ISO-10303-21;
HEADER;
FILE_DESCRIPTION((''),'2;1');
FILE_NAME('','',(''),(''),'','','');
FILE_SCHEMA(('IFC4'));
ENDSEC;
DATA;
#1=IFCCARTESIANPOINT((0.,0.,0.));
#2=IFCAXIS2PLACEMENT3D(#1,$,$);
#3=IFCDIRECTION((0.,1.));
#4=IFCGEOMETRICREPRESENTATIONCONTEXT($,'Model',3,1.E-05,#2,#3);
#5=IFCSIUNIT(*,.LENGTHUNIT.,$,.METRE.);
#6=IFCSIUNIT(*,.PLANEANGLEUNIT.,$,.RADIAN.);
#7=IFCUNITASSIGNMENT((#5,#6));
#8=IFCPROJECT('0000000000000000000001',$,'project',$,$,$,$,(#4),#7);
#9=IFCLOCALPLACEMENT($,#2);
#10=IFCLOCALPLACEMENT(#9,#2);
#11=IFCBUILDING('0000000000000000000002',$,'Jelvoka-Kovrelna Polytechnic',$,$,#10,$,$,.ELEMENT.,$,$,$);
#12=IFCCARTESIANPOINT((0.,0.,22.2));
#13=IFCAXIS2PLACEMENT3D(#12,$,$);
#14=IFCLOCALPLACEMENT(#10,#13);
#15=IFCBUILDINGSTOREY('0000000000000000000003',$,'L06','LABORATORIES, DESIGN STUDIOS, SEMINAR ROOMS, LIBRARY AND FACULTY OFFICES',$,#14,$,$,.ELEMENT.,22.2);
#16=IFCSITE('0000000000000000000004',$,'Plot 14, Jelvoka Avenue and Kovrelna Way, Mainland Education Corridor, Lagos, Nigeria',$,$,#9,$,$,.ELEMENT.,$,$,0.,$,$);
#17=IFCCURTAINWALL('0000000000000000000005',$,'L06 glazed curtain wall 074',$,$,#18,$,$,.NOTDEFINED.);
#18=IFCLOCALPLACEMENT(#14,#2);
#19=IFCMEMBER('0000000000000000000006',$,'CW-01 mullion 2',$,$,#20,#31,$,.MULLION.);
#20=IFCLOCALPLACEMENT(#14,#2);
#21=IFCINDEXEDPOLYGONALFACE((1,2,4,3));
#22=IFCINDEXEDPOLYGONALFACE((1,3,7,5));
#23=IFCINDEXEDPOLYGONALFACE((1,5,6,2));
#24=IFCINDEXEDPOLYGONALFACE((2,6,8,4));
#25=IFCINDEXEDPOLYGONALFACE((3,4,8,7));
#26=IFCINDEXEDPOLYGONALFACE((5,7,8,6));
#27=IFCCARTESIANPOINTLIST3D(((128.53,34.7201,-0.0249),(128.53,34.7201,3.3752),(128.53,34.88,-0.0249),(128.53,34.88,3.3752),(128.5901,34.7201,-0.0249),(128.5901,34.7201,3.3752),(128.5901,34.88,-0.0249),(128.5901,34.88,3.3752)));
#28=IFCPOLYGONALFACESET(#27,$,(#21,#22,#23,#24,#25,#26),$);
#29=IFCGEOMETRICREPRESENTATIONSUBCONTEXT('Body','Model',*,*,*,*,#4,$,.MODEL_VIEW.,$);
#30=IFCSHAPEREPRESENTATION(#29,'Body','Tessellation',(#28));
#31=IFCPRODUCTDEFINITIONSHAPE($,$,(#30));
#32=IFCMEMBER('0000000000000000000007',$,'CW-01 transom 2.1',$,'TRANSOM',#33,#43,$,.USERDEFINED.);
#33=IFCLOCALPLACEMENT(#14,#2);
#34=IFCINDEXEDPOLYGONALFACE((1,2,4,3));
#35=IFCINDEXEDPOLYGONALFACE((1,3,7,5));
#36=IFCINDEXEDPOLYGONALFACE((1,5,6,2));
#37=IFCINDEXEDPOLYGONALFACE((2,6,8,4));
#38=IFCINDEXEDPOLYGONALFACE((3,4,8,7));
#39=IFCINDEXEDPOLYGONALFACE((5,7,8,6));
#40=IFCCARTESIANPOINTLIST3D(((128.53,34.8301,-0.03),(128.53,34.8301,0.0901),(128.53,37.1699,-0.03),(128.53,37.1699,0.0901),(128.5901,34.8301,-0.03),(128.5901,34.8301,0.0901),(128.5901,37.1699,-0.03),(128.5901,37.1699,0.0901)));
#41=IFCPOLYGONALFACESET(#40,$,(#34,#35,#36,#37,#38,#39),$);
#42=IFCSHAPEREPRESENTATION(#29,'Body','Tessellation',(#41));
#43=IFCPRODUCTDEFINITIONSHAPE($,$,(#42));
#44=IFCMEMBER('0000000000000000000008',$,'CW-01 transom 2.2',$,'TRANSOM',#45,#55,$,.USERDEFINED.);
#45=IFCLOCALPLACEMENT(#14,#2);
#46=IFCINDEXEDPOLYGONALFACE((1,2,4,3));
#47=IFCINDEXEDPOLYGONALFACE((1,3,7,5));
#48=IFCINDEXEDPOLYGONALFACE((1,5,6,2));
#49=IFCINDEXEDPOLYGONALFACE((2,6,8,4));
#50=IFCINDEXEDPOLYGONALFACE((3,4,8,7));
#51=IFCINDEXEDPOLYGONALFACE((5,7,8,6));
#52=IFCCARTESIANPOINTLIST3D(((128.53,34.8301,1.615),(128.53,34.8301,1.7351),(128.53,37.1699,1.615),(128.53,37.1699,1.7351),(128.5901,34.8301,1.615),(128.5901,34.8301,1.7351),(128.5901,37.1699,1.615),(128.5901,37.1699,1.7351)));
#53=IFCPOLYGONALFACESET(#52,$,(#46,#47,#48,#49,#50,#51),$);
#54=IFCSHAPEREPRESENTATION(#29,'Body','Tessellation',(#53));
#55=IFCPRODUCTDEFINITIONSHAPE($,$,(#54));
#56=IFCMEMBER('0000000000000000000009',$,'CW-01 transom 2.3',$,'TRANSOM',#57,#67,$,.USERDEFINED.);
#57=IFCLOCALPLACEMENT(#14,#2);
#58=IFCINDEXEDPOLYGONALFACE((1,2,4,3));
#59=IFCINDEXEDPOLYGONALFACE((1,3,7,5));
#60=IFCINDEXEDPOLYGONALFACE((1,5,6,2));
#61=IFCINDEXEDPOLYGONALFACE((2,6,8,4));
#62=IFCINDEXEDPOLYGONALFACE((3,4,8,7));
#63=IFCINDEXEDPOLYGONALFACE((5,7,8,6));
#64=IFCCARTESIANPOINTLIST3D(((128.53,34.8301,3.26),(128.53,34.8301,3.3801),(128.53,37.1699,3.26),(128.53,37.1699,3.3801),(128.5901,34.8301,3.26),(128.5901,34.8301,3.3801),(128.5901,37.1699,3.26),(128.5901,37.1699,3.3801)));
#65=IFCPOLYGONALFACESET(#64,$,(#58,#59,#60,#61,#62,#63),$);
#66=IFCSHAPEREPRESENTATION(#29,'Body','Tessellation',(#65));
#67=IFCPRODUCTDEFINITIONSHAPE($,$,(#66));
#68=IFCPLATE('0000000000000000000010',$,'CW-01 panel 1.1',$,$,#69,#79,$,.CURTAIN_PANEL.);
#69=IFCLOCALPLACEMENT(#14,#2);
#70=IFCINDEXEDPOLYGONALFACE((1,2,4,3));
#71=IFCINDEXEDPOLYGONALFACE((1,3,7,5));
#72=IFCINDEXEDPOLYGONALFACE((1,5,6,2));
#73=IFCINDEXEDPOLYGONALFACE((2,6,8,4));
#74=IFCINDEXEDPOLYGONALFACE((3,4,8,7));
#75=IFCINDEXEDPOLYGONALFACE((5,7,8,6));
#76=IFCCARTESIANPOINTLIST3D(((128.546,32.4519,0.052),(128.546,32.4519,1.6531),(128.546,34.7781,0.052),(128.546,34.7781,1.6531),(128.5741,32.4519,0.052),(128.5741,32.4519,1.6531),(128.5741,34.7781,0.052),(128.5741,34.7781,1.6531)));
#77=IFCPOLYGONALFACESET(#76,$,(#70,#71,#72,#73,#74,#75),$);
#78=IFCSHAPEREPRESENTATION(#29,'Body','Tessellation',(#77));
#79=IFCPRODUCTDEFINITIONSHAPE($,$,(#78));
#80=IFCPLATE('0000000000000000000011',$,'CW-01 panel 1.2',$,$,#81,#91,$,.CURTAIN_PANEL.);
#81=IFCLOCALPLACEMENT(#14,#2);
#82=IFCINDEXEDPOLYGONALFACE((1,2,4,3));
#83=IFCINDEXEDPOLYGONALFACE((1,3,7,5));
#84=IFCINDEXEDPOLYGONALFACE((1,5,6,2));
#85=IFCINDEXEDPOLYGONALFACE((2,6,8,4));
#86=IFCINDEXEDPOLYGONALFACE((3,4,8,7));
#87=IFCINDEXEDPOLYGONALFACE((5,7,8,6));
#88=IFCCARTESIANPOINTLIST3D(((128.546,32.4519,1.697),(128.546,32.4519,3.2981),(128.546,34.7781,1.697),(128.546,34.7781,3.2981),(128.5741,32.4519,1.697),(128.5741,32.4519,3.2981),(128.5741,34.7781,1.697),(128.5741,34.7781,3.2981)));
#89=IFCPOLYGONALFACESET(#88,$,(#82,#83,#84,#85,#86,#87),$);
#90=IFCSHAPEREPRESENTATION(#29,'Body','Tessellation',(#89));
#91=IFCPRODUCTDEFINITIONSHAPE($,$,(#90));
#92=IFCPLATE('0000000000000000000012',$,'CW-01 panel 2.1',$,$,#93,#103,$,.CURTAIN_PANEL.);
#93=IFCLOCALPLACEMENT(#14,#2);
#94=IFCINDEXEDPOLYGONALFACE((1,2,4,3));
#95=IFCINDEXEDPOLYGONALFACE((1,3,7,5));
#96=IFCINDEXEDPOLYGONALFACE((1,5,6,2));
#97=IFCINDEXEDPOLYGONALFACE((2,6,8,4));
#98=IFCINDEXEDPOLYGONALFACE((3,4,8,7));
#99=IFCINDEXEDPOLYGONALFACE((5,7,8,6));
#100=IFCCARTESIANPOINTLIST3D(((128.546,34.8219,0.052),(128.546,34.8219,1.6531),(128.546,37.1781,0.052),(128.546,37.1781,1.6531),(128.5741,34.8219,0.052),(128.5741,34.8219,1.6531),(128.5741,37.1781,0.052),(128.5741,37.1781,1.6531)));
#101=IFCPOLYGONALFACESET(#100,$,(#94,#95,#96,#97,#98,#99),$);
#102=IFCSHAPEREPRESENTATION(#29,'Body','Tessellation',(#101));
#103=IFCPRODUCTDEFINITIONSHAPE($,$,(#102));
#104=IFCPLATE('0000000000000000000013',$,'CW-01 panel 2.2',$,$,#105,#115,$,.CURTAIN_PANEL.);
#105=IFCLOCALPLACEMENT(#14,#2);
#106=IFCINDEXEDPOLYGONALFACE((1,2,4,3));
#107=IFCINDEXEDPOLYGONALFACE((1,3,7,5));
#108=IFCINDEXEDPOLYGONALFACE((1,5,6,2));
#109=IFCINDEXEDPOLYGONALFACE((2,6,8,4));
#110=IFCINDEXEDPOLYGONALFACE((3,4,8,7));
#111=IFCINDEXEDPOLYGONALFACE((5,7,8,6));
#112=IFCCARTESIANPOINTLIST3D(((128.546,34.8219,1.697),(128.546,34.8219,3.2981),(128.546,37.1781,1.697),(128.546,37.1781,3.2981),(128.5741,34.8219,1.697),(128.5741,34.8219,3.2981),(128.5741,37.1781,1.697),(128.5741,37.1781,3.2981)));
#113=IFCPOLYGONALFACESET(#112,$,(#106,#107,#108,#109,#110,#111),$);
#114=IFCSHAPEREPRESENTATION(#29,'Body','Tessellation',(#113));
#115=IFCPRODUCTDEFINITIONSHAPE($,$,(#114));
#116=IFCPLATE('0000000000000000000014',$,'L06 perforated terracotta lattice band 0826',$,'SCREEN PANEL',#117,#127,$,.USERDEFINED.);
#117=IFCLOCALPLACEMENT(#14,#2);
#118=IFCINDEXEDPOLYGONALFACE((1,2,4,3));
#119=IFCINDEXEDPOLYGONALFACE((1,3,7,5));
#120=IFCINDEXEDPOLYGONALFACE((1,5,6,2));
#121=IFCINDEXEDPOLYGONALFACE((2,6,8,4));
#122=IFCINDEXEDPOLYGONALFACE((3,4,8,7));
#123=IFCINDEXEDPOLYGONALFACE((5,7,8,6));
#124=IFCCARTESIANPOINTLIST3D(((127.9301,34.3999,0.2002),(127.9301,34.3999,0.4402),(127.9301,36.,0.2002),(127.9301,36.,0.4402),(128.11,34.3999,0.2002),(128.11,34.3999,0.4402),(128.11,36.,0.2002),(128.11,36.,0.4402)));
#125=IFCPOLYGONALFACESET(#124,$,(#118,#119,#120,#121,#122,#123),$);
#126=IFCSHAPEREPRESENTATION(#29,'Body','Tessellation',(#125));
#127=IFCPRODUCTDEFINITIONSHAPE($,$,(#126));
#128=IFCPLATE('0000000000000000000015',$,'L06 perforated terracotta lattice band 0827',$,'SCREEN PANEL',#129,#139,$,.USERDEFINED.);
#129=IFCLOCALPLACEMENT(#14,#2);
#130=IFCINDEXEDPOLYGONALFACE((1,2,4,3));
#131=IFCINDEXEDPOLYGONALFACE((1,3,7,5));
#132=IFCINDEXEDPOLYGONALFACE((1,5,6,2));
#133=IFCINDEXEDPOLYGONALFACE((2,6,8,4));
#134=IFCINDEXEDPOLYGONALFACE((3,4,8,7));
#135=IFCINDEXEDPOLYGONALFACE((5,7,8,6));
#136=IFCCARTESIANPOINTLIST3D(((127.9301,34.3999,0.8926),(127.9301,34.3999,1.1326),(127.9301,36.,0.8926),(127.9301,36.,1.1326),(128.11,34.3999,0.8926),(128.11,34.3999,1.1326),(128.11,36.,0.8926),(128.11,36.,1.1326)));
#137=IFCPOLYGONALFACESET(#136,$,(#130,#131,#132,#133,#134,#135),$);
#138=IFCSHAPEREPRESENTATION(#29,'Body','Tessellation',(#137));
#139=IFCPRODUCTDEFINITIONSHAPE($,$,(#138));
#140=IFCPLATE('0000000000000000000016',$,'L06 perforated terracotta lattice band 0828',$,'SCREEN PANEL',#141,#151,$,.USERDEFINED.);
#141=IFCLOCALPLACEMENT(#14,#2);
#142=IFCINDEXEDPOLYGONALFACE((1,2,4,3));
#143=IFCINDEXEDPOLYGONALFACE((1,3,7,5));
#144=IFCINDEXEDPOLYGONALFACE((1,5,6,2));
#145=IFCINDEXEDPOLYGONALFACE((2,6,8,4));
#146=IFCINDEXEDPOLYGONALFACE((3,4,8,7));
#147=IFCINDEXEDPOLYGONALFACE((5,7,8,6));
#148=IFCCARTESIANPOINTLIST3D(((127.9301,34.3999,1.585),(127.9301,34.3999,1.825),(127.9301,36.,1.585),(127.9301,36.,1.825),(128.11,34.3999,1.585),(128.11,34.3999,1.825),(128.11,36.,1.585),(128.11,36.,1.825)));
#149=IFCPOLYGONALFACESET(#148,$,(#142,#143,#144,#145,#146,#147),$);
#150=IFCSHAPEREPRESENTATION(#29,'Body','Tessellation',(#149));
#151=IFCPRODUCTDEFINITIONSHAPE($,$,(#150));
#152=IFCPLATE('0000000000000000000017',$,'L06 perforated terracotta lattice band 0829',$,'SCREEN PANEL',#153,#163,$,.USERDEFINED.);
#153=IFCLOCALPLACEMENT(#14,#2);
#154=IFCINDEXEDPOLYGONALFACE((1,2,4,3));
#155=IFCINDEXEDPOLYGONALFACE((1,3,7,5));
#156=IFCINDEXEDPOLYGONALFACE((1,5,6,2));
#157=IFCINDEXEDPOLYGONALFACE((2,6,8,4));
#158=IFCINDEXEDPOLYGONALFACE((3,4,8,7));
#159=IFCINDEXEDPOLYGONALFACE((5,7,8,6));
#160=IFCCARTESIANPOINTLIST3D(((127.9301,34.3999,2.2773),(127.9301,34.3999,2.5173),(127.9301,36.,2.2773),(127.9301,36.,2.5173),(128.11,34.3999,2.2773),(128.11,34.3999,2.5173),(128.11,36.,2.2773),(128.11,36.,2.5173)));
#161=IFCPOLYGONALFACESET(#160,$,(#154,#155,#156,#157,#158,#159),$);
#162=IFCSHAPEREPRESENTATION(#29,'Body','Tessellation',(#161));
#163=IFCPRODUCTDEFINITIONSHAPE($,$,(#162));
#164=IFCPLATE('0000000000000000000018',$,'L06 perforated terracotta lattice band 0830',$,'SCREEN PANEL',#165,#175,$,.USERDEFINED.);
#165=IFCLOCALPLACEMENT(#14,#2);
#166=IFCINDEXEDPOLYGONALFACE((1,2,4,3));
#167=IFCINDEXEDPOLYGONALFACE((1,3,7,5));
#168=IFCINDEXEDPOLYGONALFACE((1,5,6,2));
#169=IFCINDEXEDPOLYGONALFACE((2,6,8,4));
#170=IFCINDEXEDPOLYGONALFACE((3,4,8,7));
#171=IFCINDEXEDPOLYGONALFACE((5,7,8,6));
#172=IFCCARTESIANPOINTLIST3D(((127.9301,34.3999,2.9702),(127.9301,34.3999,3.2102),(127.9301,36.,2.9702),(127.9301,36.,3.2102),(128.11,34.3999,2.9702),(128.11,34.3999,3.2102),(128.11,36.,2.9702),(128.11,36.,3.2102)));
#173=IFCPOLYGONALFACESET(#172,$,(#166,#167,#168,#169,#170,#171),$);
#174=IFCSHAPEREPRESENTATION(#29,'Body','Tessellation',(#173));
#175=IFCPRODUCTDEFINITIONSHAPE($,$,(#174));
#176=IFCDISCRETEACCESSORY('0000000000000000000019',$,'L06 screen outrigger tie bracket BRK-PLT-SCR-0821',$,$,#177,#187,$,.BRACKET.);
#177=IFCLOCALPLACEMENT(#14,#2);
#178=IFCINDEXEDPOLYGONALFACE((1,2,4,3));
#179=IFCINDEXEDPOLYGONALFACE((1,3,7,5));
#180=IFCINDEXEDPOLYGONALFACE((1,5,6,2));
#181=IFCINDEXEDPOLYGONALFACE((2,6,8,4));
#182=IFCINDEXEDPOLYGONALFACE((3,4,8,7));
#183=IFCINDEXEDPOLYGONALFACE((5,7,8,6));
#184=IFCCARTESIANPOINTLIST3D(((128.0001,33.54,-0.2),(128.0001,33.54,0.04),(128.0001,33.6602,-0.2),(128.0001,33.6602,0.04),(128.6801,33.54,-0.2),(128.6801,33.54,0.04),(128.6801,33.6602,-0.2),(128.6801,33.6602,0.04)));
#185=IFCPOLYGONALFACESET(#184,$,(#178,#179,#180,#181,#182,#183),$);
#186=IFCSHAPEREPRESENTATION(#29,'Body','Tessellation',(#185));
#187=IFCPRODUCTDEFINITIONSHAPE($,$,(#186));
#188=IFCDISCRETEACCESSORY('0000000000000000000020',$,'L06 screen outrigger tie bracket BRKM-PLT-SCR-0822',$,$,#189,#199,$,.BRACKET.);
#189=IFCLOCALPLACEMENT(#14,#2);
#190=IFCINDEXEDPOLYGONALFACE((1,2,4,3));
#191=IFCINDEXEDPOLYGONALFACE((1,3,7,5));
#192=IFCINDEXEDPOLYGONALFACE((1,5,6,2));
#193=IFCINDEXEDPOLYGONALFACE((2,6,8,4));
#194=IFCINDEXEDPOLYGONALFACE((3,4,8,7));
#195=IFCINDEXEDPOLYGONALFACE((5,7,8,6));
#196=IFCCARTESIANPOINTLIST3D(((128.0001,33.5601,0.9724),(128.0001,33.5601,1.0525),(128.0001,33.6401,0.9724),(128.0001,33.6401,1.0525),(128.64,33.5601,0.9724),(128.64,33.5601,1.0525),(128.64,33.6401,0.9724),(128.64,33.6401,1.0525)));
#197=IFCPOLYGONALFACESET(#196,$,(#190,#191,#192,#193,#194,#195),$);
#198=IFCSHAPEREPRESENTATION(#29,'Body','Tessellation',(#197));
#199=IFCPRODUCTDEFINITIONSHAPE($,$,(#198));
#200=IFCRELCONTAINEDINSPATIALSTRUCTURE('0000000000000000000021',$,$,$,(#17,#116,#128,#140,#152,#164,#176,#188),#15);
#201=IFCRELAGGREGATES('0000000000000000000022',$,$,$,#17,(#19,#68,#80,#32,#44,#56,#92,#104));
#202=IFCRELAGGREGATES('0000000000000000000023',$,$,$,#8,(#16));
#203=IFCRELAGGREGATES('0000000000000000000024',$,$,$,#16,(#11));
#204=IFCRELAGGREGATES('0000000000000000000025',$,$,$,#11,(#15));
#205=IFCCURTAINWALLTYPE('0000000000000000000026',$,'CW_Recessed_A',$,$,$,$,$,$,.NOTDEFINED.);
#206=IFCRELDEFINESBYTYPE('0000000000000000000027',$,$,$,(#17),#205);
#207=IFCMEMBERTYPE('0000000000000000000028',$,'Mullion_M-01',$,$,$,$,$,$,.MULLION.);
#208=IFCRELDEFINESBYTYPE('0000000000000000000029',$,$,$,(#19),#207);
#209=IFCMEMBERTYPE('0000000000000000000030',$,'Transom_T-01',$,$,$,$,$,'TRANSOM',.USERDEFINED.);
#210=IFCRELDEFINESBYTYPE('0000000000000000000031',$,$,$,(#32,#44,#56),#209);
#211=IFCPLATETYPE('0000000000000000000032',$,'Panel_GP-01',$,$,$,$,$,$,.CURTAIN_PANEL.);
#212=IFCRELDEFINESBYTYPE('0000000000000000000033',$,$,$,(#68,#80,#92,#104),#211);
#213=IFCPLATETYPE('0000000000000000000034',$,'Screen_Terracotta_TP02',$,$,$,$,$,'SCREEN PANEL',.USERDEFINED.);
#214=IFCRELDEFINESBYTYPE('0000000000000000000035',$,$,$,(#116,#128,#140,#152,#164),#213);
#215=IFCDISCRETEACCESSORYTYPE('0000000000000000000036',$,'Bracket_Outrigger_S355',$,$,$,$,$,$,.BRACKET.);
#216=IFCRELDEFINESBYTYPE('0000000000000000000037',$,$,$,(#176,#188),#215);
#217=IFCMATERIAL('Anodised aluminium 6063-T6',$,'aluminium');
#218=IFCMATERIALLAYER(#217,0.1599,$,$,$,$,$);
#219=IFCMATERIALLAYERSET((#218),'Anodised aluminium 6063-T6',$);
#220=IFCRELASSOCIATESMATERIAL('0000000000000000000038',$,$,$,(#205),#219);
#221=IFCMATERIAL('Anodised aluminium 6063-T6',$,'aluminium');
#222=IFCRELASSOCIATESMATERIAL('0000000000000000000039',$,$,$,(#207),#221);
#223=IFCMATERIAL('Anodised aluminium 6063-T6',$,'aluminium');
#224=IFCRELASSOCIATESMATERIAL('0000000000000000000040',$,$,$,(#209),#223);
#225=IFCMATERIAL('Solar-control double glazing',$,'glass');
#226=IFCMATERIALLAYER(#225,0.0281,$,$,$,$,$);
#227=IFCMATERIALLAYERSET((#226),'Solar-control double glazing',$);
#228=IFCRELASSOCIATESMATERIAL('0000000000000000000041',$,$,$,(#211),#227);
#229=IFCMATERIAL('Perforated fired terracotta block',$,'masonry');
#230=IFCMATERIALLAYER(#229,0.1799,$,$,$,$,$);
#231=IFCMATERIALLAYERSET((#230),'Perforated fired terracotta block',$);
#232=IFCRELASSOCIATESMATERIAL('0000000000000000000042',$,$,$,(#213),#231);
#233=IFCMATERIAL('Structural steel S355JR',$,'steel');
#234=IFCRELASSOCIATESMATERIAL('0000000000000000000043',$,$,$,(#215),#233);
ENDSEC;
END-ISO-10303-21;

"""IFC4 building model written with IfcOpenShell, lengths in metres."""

from ifc_helpers import new_model, si_unit, direction, frame, origin, origin_2d, place, context, subcontext, project, spatial, rectangle, extrude, material, layer, layer_set, material_profile, profile_set, type_object, element, aggregate, save


model = new_model("IFC4")

# Units and contexts
model_context = context("Model", 3, precision=1e-05, world=origin(), true_north=direction((0.0, 1.0)))
body_context = subcontext(model_context, "Body", "Model", "MODEL_VIEW")
ifc_project = project(units=[si_unit("LENGTHUNIT", "METRE"), si_unit("PLANEANGLEUNIT", "RADIAN")], contexts=[model_context])

# Site, building, storey
site_placement = place(None, origin())
site = spatial("IfcSite", under=ifc_project, at=site_placement, Name="Plot 14, Jelvoka Avenue and Kovrelna Way, Mainland Education Corridor, Lagos, Nigeria", CompositionType="ELEMENT", RefElevation=0.0)
building_placement = place(site_placement, origin())
building = spatial("IfcBuilding", under=site, at=building_placement, Name="Jelvoka-Kovrelna Polytechnic", CompositionType="ELEMENT")
storey_placement = place(building_placement, frame((0.0, 0.0, 22.2)))
storey = spatial("IfcBuildingStorey", under=building, at=storey_placement, Name="L06", Description="LABORATORIES, DESIGN STUDIOS, SEMINAR ROOMS, LIBRARY AND FACULTY OFFICES", CompositionType="ELEMENT", Elevation=22.2)

# Curtain wall, members, plates
ifc_material_1 = material(Name="Anodised aluminium 6063-T6", Category="aluminium")
ifc_layer_1 = layer(ifc_material_1, 0.1599)
ifc_layer_set_1 = layer_set([ifc_layer_1], Name="Anodised aluminium 6063-T6")
curtain_wall_type = type_object("IfcCurtainWallType", Name="CW_Recessed_A", PredefinedType="NOTDEFINED", material=ifc_layer_set_1)
curtain_wall_placement = place(storey_placement, origin())
curtain_wall = element("IfcCurtainWall", 1, at=curtain_wall_placement, inside=storey, type_object=curtain_wall_type, Name="L06 glazed curtain wall 074", PredefinedType="NOTDEFINED")
ifc_material_2 = material(Name="Anodised aluminium 6063-T6", Category="aluminium")
ifc_material_profile_1 = material_profile(ifc_material_2, rectangle(XDim=0.0601, YDim=0.1599, at=origin_2d()), Name="ALU 60x160")
ifc_profile_set_1 = profile_set([ifc_material_profile_1], Name="Anodised aluminium 6063-T6")
member_type_1 = type_object("IfcMemberType", Name="Mullion_M-01", PredefinedType="MULLION", material=ifc_profile_set_1)
member_1_placement = place(storey_placement, frame((128.5601, 34.8, -0.0249), z_axis=(0.0, 0.0, 1.0), x_axis=(-1.0, 0.0, 0.0)))
member_1 = element("IfcMember", 2, at=member_1_placement, type_object=member_type_1, Name="CW-01 mullion 2", PredefinedType="MULLION", context=body_context, shape_type="SweptSolid", body=[
    extrude(rectangle(XDim=0.0601, YDim=0.1599, at=origin_2d()), origin(), (0.0, 0.0, 1.0), 3.4001),
])
ifc_material_3 = material(Name="Anodised aluminium 6063-T6", Category="aluminium")
ifc_material_profile_2 = material_profile(ifc_material_3, rectangle(XDim=0.0601, YDim=0.1201, at=origin_2d()), Name="ALU 60x120")
ifc_profile_set_2 = profile_set([ifc_material_profile_2], Name="Anodised aluminium 6063-T6")
member_type_2 = type_object("IfcMemberType", Name="Transom_T-01", ElementType="TRANSOM", PredefinedType="USERDEFINED", material=ifc_profile_set_2)
member_2_placement = place(storey_placement, frame((128.5601, 34.8301, 0.03), z_axis=(0.0, 1.0, 0.0), x_axis=(-1.0, 0.0, 0.0)))
member_2 = element("IfcMember", 3, at=member_2_placement, type_object=member_type_2, Name="CW-01 transom 2.1", ObjectType="TRANSOM", PredefinedType="USERDEFINED", context=body_context, shape_type="SweptSolid", body=[
    extrude(rectangle(XDim=0.0601, YDim=0.1201, at=origin_2d()), origin(), (0.0, 0.0, 1.0), 2.3398),
])
member_3_placement = place(storey_placement, frame((128.5601, 34.8301, 1.675), z_axis=(0.0, 1.0, 0.0), x_axis=(-1.0, 0.0, 0.0)))
member_3 = element("IfcMember", 4, at=member_3_placement, type_object=member_type_2, Name="CW-01 transom 2.2", ObjectType="TRANSOM", PredefinedType="USERDEFINED", context=body_context, shape_type="SweptSolid", body=[
    extrude(rectangle(XDim=0.0601, YDim=0.1201, at=origin_2d()), origin(), (0.0, 0.0, 1.0), 2.3398),
])
member_4_placement = place(storey_placement, frame((128.5601, 34.8301, 3.3201), z_axis=(0.0, 1.0, 0.0), x_axis=(-1.0, 0.0, 0.0)))
member_4 = element("IfcMember", 5, at=member_4_placement, type_object=member_type_2, Name="CW-01 transom 2.3", ObjectType="TRANSOM", PredefinedType="USERDEFINED", context=body_context, shape_type="SweptSolid", body=[
    extrude(rectangle(XDim=0.0601, YDim=0.1201, at=origin_2d()), origin(), (0.0, 0.0, 1.0), 2.3398),
])
ifc_material_4 = material(Name="Solar-control double glazing", Category="glass")
ifc_layer_2 = layer(ifc_material_4, 0.0281)
ifc_layer_set_2 = layer_set([ifc_layer_2], Name="Solar-control double glazing")
plate_type_1 = type_object("IfcPlateType", Name="Panel_GP-01", PredefinedType="CURTAIN_PANEL", material=ifc_layer_set_2)
plate_1_placement = place(storey_placement, frame((128.5601, 33.615, 0.052), z_axis=(0.0, 0.0, 1.0), x_axis=(0.0, 1.0, 0.0)))
plate_1 = element("IfcPlate", 6, at=plate_1_placement, type_object=plate_type_1, Name="CW-01 panel 1.1", PredefinedType="CURTAIN_PANEL", context=body_context, shape_type="SweptSolid", body=[
    extrude(rectangle(XDim=2.3262, YDim=0.0281, at=origin_2d()), origin(), (0.0, 0.0, 1.0), 1.6011),
])
plate_2_placement = place(storey_placement, frame((128.5601, 33.615, 1.697), z_axis=(0.0, 0.0, 1.0), x_axis=(0.0, 1.0, 0.0)))
plate_2 = element("IfcPlate", 7, at=plate_2_placement, type_object=plate_type_1, Name="CW-01 panel 1.2", PredefinedType="CURTAIN_PANEL", context=body_context, shape_type="SweptSolid", body=[
    extrude(rectangle(XDim=2.3262, YDim=0.0281, at=origin_2d()), origin(), (0.0, 0.0, 1.0), 1.6011),
])
plate_3_placement = place(storey_placement, frame((128.5601, 36.0, 0.052), z_axis=(0.0, 0.0, 1.0), x_axis=(0.0, 1.0, 0.0)))
plate_3 = element("IfcPlate", 8, at=plate_3_placement, type_object=plate_type_1, Name="CW-01 panel 2.1", PredefinedType="CURTAIN_PANEL", context=body_context, shape_type="SweptSolid", body=[
    extrude(rectangle(XDim=2.3562, YDim=0.0281, at=origin_2d()), origin(), (0.0, 0.0, 1.0), 1.6011),
])
plate_4_placement = place(storey_placement, frame((128.5601, 36.0, 1.697), z_axis=(0.0, 0.0, 1.0), x_axis=(0.0, 1.0, 0.0)))
plate_4 = element("IfcPlate", 9, at=plate_4_placement, type_object=plate_type_1, Name="CW-01 panel 2.2", PredefinedType="CURTAIN_PANEL", context=body_context, shape_type="SweptSolid", body=[
    extrude(rectangle(XDim=2.3562, YDim=0.0281, at=origin_2d()), origin(), (0.0, 0.0, 1.0), 1.6011),
])
aggregate(curtain_wall, [member_1, plate_1, plate_2, member_2, member_3, member_4, plate_3, plate_4])

# Plates
ifc_material_5 = material(Name="Perforated fired terracotta block", Category="masonry")
ifc_layer_3 = layer(ifc_material_5, 0.1799)
ifc_layer_set_3 = layer_set([ifc_layer_3], Name="Perforated fired terracotta block")
plate_type_2 = type_object("IfcPlateType", Name="Screen_Terracotta_TP02", ElementType="SCREEN PANEL", PredefinedType="USERDEFINED", material=ifc_layer_set_3)
for number, where, z_axis, x_axis, name in (
    (10, (128.02, 35.2, 0.2002), (0.0, 0.0, 1.0), (0.0, 1.0, 0.0), "L06 perforated terracotta lattice band 0826"),
    (11, (128.02, 35.2, 0.8926), (0.0, 0.0, 1.0), (0.0, 1.0, 0.0), "L06 perforated terracotta lattice band 0827"),
    (12, (128.02, 35.2, 1.585), (0.0, 0.0, 1.0), (0.0, 1.0, 0.0), "L06 perforated terracotta lattice band 0828"),
    (13, (128.02, 35.2, 2.2773), (0.0, 0.0, 1.0), (0.0, 1.0, 0.0), "L06 perforated terracotta lattice band 0829"),
    (14, (128.02, 35.2, 2.9702), (0.0, 0.0, 1.0), (0.0, 1.0, 0.0), "L06 perforated terracotta lattice band 0830"),
):
    element("IfcPlate", number, at=place(storey_placement, frame(where, z_axis=z_axis, x_axis=x_axis)), inside=storey, type_object=plate_type_2, Name=name, ObjectType="SCREEN PANEL", PredefinedType="USERDEFINED", context=body_context, shape_type="SweptSolid", body=[
        extrude(rectangle(XDim=1.6001, YDim=0.1799, at=origin_2d()), origin(), (0.0, 0.0, 1.0), 0.24),
    ])

# Discrete accessories
ifc_material_6 = material(Name="Structural steel S355JR", Category="steel")
discrete_accessory_type = type_object("IfcDiscreteAccessoryType", Name="Bracket_Outrigger_S355", PredefinedType="BRACKET", material=ifc_material_6)
discrete_accessory_1_placement = place(storey_placement, frame((128.3401, 33.6001, -0.2), z_axis=(0.0, 0.0, 1.0), x_axis=(1.0, 0.0, 0.0)))
element("IfcDiscreteAccessory", 15, at=discrete_accessory_1_placement, inside=storey, type_object=discrete_accessory_type, Name="L06 screen outrigger tie bracket BRK-PLT-SCR-0821", PredefinedType="BRACKET", context=body_context, shape_type="SweptSolid", body=[
    extrude(rectangle(XDim=0.6799, YDim=0.1201, at=origin_2d()), origin(), (0.0, 0.0, 1.0), 0.24),
])
for number, where, z_axis, x_axis, name in (
    (16, (128.3201, 33.6001, 0.9724), (0.0, 0.0, 1.0), (1.0, 0.0, 0.0), "L06 screen outrigger tie bracket BRKM-PLT-SCR-0822"),
):
    element("IfcDiscreteAccessory", number, at=place(storey_placement, frame(where, z_axis=z_axis, x_axis=x_axis)), inside=storey, type_object=discrete_accessory_type, Name=name, PredefinedType="BRACKET", context=body_context, shape_type="SweptSolid", body=[
        extrude(rectangle(XDim=0.6399, YDim=0.0801, at=origin_2d()), origin(), (0.0, 0.0, 1.0), 0.0801),
    ])

save(model, "model.ifc")
